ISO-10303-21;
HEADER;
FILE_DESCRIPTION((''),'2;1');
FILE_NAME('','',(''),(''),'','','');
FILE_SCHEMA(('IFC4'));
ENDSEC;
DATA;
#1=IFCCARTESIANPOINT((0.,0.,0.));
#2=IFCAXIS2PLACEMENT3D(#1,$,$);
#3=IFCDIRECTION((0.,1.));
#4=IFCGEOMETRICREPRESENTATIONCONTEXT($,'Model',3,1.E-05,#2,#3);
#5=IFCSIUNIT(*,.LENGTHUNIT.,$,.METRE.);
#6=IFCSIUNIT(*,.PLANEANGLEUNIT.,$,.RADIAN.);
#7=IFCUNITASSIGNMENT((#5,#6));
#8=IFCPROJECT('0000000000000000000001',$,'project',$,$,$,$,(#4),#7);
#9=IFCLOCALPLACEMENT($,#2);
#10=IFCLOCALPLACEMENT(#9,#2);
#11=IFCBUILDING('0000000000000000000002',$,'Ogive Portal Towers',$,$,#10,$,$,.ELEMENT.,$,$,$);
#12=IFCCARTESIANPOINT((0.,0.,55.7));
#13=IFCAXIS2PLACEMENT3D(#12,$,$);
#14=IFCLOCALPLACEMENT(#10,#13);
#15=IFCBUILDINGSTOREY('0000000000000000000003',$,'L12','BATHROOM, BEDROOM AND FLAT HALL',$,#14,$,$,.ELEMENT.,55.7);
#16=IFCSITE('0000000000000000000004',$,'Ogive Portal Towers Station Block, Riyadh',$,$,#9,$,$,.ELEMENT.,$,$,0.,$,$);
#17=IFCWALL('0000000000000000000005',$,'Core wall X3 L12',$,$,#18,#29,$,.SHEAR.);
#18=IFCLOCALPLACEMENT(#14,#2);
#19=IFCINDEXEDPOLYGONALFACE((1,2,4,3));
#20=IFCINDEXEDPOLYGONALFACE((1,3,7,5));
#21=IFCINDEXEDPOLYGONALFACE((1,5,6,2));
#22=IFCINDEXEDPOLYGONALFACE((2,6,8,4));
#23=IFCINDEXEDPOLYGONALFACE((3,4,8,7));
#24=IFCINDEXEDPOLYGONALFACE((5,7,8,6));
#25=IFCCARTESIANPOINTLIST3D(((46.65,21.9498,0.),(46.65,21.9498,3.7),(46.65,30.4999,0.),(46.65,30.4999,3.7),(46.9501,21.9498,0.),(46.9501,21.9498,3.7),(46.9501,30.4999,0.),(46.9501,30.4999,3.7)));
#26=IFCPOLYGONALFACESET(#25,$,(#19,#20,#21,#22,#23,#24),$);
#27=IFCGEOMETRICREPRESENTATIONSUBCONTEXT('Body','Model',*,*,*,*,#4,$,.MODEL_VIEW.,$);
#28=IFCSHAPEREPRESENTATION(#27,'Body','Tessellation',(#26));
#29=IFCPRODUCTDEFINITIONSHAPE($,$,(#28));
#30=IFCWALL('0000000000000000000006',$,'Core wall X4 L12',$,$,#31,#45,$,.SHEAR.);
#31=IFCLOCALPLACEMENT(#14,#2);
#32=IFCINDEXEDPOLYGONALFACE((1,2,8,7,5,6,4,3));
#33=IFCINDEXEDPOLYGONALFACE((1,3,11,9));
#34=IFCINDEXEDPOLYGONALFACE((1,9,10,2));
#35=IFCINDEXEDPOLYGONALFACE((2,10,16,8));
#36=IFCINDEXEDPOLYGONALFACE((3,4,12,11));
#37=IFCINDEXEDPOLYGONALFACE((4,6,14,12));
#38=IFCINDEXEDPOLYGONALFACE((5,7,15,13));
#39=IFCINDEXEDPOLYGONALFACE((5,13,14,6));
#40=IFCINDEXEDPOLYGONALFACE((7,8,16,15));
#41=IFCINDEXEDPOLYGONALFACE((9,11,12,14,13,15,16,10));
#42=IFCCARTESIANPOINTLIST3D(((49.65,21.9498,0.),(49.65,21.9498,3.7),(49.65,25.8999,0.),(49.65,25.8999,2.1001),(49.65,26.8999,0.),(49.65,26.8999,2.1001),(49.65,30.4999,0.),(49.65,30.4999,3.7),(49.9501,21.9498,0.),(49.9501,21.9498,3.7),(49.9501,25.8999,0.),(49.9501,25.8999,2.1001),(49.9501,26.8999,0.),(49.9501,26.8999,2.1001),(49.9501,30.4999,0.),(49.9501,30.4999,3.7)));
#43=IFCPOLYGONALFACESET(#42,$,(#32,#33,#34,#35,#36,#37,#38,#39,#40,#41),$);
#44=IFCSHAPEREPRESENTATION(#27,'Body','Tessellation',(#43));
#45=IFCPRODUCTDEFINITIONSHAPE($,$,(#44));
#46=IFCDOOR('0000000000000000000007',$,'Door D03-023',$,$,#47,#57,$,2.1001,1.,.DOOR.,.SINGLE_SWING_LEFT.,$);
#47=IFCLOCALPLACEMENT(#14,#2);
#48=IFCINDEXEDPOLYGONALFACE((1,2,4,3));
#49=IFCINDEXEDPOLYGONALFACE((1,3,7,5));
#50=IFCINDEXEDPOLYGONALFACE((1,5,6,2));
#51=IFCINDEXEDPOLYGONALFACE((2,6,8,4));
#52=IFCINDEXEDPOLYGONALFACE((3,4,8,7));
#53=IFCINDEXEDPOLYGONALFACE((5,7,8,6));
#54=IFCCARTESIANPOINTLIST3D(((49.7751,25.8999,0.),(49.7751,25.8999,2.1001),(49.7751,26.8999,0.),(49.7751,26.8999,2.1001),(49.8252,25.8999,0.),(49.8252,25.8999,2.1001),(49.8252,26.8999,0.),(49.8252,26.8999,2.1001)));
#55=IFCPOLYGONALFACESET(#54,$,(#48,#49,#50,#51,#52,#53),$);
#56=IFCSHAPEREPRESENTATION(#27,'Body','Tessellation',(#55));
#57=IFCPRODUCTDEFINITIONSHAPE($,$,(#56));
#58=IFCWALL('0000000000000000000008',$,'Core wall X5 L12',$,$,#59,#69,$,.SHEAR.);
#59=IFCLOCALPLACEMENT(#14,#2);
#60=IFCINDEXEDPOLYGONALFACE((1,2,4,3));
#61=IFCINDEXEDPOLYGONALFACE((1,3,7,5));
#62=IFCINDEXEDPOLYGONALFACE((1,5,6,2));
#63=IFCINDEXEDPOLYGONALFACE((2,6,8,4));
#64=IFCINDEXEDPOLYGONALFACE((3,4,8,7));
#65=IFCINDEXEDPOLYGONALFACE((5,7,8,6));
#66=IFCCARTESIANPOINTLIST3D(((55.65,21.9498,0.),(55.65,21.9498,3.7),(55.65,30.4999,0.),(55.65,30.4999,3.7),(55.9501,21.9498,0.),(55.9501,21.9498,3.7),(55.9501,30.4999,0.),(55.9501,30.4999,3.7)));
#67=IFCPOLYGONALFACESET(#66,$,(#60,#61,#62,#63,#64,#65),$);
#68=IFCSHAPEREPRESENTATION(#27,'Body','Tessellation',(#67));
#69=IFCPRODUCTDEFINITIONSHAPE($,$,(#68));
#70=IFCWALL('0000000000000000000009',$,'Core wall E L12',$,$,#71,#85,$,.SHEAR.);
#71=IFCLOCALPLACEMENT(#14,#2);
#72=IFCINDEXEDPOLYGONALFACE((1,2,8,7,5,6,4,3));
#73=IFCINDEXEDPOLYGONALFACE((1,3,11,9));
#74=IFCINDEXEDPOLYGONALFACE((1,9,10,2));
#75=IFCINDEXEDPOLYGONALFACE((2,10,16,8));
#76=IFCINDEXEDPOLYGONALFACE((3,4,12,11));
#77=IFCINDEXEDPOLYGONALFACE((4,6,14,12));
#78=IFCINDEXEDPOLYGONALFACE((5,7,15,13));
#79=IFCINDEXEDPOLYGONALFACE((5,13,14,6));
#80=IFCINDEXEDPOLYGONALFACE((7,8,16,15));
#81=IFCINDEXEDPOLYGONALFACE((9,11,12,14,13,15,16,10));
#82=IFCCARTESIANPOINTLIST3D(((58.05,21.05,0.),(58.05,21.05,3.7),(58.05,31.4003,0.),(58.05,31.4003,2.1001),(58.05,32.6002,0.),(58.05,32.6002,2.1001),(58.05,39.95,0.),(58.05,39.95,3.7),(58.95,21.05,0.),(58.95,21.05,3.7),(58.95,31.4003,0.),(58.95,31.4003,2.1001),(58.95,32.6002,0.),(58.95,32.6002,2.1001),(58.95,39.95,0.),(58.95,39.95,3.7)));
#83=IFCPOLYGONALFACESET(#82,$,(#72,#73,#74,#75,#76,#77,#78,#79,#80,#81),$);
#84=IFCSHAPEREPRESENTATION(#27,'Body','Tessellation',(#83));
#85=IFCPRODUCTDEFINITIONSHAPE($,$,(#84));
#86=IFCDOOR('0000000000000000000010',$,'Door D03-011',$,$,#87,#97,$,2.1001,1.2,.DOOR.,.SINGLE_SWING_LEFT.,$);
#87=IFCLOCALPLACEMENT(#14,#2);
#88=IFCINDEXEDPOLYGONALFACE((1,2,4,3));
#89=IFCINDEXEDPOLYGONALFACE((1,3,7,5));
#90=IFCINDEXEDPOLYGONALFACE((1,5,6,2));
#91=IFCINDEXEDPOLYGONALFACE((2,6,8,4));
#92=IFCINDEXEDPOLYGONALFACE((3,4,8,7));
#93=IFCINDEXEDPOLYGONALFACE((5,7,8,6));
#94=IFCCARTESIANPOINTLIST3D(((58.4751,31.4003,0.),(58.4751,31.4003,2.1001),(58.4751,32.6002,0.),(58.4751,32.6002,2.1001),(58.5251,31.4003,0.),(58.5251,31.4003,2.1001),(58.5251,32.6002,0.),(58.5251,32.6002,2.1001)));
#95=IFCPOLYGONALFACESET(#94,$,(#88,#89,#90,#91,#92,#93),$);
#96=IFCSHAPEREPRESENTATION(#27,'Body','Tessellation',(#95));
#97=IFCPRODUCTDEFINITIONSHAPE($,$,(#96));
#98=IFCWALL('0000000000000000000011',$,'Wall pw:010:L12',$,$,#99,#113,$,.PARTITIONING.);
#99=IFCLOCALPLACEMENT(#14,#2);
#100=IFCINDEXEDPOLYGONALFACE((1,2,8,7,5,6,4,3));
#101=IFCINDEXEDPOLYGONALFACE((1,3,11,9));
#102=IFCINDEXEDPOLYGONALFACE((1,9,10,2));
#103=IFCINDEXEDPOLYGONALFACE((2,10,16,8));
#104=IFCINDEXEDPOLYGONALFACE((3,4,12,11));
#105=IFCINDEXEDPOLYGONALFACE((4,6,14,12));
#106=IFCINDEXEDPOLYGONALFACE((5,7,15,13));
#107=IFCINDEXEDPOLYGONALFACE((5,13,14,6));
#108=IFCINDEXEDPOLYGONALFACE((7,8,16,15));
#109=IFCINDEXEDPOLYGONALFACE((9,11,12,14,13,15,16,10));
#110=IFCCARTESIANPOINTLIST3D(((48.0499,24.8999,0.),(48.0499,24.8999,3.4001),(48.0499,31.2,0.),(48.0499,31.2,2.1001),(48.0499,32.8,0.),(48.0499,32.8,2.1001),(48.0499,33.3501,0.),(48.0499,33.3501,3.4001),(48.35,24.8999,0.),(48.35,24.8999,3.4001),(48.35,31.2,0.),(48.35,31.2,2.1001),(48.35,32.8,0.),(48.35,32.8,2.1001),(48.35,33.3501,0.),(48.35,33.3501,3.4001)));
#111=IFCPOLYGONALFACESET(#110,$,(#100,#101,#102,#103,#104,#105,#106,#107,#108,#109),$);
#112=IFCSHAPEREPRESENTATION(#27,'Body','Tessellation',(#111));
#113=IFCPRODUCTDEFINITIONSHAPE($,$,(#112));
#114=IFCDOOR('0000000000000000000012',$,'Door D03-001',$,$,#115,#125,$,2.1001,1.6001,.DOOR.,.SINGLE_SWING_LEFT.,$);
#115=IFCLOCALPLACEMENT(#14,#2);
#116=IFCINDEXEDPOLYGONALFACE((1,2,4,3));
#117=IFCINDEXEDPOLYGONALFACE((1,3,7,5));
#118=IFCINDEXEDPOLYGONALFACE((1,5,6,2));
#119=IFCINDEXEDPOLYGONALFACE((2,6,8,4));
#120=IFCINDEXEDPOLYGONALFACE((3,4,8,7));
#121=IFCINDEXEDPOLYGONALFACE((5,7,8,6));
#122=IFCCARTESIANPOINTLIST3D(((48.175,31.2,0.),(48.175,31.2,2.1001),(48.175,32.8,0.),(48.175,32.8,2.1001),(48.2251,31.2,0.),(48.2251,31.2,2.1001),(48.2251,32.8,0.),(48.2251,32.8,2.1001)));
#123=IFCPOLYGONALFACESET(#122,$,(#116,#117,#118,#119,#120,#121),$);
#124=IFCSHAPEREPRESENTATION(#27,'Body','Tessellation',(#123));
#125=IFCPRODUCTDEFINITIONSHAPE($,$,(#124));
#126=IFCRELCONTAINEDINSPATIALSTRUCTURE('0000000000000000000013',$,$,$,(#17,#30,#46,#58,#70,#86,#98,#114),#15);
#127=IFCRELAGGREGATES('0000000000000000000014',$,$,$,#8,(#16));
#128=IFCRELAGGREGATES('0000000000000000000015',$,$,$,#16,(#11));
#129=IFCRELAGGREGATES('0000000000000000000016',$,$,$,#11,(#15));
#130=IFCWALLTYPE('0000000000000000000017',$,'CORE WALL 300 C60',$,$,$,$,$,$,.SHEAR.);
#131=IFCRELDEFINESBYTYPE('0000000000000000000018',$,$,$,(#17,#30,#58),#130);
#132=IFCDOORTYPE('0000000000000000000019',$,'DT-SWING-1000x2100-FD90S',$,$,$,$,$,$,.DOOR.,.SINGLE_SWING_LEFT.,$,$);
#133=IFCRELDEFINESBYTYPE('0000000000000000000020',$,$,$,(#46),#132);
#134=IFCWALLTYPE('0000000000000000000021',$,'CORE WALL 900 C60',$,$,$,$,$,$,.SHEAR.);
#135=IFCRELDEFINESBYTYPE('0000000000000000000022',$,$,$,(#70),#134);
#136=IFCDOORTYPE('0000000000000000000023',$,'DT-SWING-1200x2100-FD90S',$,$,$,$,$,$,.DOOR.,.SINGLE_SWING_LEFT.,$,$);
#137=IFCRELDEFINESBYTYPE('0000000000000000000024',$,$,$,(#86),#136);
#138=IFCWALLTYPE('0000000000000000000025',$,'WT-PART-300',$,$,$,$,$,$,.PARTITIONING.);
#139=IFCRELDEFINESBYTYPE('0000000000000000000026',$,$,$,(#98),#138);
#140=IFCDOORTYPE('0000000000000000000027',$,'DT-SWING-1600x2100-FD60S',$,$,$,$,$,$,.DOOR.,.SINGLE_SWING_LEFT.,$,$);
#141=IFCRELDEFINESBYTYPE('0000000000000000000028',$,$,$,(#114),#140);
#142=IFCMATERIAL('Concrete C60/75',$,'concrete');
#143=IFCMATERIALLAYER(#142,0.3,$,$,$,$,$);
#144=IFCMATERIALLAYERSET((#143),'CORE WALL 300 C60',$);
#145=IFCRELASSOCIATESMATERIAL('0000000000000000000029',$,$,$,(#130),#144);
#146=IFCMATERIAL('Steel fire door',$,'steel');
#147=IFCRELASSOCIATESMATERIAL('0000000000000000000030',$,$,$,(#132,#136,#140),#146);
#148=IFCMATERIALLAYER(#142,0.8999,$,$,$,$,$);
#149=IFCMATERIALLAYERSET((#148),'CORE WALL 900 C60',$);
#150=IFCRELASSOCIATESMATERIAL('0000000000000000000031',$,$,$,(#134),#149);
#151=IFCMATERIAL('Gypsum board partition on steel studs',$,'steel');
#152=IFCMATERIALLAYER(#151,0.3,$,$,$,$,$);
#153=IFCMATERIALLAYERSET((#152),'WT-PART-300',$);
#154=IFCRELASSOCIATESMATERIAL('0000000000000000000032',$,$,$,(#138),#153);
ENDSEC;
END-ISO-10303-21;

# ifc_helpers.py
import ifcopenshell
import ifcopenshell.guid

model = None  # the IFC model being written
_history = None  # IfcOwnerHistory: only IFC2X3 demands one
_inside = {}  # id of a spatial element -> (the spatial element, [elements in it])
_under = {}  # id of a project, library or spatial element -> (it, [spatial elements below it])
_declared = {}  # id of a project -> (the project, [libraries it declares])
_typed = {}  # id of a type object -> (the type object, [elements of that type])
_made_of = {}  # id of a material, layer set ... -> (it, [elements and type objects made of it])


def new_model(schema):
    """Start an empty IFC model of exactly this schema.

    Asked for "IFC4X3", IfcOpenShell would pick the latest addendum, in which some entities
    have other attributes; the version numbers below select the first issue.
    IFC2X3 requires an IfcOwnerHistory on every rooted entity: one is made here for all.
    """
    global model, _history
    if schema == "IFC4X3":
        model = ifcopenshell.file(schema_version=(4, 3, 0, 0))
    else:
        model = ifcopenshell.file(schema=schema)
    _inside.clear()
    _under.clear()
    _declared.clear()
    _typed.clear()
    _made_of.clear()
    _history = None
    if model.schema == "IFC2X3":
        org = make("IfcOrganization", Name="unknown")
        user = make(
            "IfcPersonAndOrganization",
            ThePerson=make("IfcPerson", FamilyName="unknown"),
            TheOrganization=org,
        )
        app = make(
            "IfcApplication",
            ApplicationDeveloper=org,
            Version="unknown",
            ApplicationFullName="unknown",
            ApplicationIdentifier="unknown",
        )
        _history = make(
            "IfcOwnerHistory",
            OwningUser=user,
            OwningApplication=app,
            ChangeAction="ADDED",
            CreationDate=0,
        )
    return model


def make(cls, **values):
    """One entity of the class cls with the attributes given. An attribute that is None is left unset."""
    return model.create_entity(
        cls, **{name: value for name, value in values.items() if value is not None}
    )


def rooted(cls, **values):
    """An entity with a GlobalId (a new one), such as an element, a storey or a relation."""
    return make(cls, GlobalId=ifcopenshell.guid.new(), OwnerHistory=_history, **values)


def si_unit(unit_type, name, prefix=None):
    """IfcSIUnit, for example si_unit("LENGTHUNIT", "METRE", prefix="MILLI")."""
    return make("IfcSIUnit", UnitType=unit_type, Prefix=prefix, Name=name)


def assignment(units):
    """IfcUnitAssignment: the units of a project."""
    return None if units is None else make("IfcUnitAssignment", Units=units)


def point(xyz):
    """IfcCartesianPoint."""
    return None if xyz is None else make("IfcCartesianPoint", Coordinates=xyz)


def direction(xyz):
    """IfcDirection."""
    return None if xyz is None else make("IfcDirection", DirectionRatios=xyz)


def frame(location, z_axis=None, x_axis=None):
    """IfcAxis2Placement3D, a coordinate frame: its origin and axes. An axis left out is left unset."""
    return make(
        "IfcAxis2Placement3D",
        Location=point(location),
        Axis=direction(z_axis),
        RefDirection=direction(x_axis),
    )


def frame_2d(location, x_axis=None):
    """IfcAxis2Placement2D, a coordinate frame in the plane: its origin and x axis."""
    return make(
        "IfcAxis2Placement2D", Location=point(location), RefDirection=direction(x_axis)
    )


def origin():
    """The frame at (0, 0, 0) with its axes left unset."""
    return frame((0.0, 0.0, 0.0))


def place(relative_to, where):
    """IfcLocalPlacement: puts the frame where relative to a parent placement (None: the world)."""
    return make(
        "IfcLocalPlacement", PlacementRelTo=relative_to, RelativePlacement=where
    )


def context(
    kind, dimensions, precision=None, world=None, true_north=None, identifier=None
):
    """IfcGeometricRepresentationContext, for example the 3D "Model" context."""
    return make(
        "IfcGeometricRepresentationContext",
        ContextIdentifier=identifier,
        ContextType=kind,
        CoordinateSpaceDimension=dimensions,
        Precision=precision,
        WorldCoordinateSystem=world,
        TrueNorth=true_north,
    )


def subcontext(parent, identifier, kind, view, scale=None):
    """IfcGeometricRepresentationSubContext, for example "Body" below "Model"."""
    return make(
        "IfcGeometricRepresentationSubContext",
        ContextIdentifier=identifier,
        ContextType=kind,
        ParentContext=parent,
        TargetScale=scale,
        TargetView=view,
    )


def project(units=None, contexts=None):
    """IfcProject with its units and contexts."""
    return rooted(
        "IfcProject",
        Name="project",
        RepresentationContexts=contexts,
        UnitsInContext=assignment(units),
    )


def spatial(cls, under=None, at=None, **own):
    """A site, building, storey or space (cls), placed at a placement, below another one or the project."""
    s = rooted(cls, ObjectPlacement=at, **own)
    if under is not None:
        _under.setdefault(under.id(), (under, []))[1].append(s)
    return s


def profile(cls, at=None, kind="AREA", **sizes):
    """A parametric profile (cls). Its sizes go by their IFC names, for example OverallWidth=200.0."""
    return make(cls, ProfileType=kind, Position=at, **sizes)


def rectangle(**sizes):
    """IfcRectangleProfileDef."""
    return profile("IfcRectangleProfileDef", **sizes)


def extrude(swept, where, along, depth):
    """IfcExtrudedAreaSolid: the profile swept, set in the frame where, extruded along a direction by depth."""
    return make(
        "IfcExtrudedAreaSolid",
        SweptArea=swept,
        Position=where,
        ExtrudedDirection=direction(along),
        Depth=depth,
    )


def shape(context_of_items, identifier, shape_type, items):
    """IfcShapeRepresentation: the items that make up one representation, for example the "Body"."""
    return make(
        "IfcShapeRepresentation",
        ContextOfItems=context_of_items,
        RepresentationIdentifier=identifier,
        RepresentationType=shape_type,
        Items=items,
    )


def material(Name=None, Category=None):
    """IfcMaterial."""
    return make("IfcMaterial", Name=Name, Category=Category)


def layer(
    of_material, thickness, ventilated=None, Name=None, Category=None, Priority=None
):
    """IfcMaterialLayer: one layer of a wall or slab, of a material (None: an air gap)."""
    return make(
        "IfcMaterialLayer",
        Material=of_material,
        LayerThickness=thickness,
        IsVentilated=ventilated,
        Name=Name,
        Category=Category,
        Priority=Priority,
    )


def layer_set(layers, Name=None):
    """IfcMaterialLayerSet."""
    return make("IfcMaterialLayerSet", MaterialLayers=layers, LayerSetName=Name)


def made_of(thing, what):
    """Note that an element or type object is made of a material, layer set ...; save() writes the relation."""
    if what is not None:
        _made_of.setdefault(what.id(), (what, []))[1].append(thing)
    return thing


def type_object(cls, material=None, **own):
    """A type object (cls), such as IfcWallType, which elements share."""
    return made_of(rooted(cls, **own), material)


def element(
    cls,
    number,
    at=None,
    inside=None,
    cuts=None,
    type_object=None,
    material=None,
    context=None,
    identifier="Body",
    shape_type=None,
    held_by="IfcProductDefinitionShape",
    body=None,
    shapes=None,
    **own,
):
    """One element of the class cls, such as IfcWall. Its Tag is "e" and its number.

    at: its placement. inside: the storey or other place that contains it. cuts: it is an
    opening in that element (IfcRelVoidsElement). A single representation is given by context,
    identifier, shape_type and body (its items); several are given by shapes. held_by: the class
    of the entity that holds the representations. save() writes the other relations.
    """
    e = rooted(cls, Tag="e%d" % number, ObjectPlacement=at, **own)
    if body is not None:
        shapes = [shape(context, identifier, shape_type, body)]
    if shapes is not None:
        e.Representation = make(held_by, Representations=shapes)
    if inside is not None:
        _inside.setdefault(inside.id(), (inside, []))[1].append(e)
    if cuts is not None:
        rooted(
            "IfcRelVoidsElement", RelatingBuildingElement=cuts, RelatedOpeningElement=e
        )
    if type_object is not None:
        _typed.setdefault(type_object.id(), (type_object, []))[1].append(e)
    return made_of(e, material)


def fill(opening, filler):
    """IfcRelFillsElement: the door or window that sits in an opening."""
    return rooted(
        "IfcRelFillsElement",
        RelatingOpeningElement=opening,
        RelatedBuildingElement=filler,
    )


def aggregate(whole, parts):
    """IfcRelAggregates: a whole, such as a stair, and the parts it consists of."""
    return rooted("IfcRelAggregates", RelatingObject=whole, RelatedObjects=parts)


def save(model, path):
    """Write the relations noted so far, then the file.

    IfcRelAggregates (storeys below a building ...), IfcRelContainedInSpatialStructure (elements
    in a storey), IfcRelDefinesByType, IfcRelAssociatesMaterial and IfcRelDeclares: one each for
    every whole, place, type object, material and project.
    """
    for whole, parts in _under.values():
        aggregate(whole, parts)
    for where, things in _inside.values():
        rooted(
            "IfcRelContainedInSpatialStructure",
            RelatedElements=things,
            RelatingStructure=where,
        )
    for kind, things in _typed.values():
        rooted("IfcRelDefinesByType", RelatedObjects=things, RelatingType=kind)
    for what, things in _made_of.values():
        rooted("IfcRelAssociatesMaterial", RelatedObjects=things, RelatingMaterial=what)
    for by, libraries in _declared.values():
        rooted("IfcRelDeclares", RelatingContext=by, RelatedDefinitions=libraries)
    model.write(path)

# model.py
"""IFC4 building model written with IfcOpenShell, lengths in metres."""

from ifc_helpers import new_model, si_unit, direction, frame, frame_2d, origin, place, context, subcontext, project, spatial, rectangle, extrude, material, layer, layer_set, type_object, element, fill, save


model = new_model("IFC4")

# Units and contexts
model_context = context("Model", 3, precision=1e-05, world=origin(), true_north=direction((0.0, 1.0)))
body_context = subcontext(model_context, "Body", "Model", "MODEL_VIEW")
ifc_project = project(units=[si_unit("LENGTHUNIT", "METRE"), si_unit("PLANEANGLEUNIT", "RADIAN")], contexts=[model_context])

# Site, building, storey
site_placement = place(None, origin())
site = spatial("IfcSite", under=ifc_project, at=site_placement, Name="Ogive Portal Towers Station Block, Riyadh", CompositionType="ELEMENT", RefElevation=0.0)
building_placement = place(site_placement, origin())
building = spatial("IfcBuilding", under=site, at=building_placement, Name="Ogive Portal Towers", CompositionType="ELEMENT")
storey_placement = place(building_placement, frame((0.0, 0.0, 55.7)))
storey = spatial("IfcBuildingStorey", under=building, at=storey_placement, Name="L12", Description="BATHROOM, BEDROOM AND FLAT HALL", CompositionType="ELEMENT", Elevation=55.7)

# Wall
ifc_material_1 = material(Name="Concrete C60/75", Category="concrete")
ifc_layer_1 = layer(ifc_material_1, 0.3)
ifc_layer_set_1 = layer_set([ifc_layer_1], Name="CORE WALL 300 C60")
wall_type_1 = type_object("IfcWallType", Name="CORE WALL 300 C60", PredefinedType="SHEAR", material=ifc_layer_set_1)
wall_1_placement = place(storey_placement, frame((46.8, 21.95, 0.0), z_axis=(0.0, 0.0, 1.0), x_axis=(0.0, 1.0, 0.0)))
element("IfcWall", 1, at=wall_1_placement, inside=storey, type_object=wall_type_1, Name="Core wall X3 L12", PredefinedType="SHEAR", context=body_context, shape_type="SweptSolid", body=[
    extrude(rectangle(XDim=8.55, YDim=0.3, at=frame_2d((4.2749, 0.0))), origin(), (0.0, 0.0, 1.0), 3.7),
])

# Wall, opening, door
wall_2_placement = place(storey_placement, frame((49.8, 21.95, 0.0), z_axis=(0.0, 0.0, 1.0), x_axis=(0.0, 1.0, 0.0)))
wall_2 = element("IfcWall", 2, at=wall_2_placement, inside=storey, type_object=wall_type_1, Name="Core wall X4 L12", PredefinedType="SHEAR", context=body_context, shape_type="SweptSolid", body=[
    extrude(rectangle(XDim=8.55, YDim=0.3, at=frame_2d((4.2749, 0.0))), origin(), (0.0, 0.0, 1.0), 3.7),
])
opening_1_placement = place(wall_2_placement, frame((3.95, 0.0, 0.0)))
opening_1 = element("IfcOpeningElement", 3, at=opening_1_placement, cuts=wall_2, PredefinedType="OPENING", context=body_context, shape_type="SweptSolid", body=[
    extrude(rectangle(XDim=1.0, YDim=2.1001, at=frame_2d((0.5, 1.05))), frame((0.0, 0.1602, 0.0), z_axis=(0.0, -1.0, 0.0), x_axis=(1.0, 0.0, 0.0)), (0.0, 0.0, 1.0), 0.3201),
])
ifc_material_2 = material(Name="Steel fire door", Category="steel")
door_type_1 = type_object("IfcDoorType", Name="DT-SWING-1000x2100-FD90S", OperationType="SINGLE_SWING_LEFT", PredefinedType="DOOR", material=ifc_material_2)
door_1_placement = place(opening_1_placement, origin())
door_1 = element("IfcDoor", 4, at=door_1_placement, inside=storey, type_object=door_type_1, Name="Door D03-023", OperationType="SINGLE_SWING_LEFT", OverallHeight=2.1001, OverallWidth=1.0, PredefinedType="DOOR", context=body_context, shape_type="SweptSolid", body=[
    extrude(rectangle(XDim=1.0, YDim=2.1001, at=frame_2d((0.5, 1.05))), frame((0.0, 0.0249, 0.0), z_axis=(0.0, -1.0, 0.0), x_axis=(1.0, 0.0, 0.0)), (0.0, 0.0, 1.0), 0.05),
])
fill(opening_1, door_1)

# Wall
wall_3_placement = place(storey_placement, frame((55.8, 21.95, 0.0), z_axis=(0.0, 0.0, 1.0), x_axis=(0.0, 1.0, 0.0)))
element("IfcWall", 5, at=wall_3_placement, inside=storey, type_object=wall_type_1, Name="Core wall X5 L12", PredefinedType="SHEAR", context=body_context, shape_type="SweptSolid", body=[
    extrude(rectangle(XDim=8.55, YDim=0.3, at=frame_2d((4.2749, 0.0))), origin(), (0.0, 0.0, 1.0), 3.7),
])

# Walls, openings, doors
ifc_layer_2 = layer(ifc_material_1, 0.8999)
ifc_layer_set_2 = layer_set([ifc_layer_2], Name="CORE WALL 900 C60")
wall_type_2 = type_object("IfcWallType", Name="CORE WALL 900 C60", PredefinedType="SHEAR", material=ifc_layer_set_2)
wall_4_placement = place(storey_placement, frame((58.5, 21.05, 0.0), z_axis=(0.0, 0.0, 1.0), x_axis=(0.0, 1.0, 0.0)))
wall_4 = element("IfcWall", 6, at=wall_4_placement, inside=storey, type_object=wall_type_2, Name="Core wall E L12", PredefinedType="SHEAR", context=body_context, shape_type="SweptSolid", body=[
    extrude(rectangle(XDim=18.8999, YDim=0.8999, at=frame_2d((9.45, 0.0))), origin(), (0.0, 0.0, 1.0), 3.7),
])
opening_2_placement = place(wall_4_placement, frame((10.3501, 0.0, 0.0)))
opening_2 = element("IfcOpeningElement", 7, at=opening_2_placement, cuts=wall_4, PredefinedType="OPENING", context=body_context, shape_type="SweptSolid", body=[
    extrude(rectangle(XDim=1.2, YDim=2.1001, at=frame_2d((0.6001, 1.05))), frame((0.0, 0.46, 0.0), z_axis=(0.0, -1.0, 0.0), x_axis=(1.0, 0.0, 0.0)), (0.0, 0.0, 1.0), 0.9199),
])
door_type_2 = type_object("IfcDoorType", Name="DT-SWING-1200x2100-FD90S", OperationType="SINGLE_SWING_LEFT", PredefinedType="DOOR", material=ifc_material_2)
door_2_placement = place(opening_2_placement, origin())
door_2 = element("IfcDoor", 8, at=door_2_placement, inside=storey, type_object=door_type_2, Name="Door D03-011", OperationType="SINGLE_SWING_LEFT", OverallHeight=2.1001, OverallWidth=1.2, PredefinedType="DOOR", context=body_context, shape_type="SweptSolid", body=[
    extrude(rectangle(XDim=1.2, YDim=2.1001, at=frame_2d((0.6001, 1.05))), frame((0.0, 0.0249, 0.0), z_axis=(0.0, -1.0, 0.0), x_axis=(1.0, 0.0, 0.0)), (0.0, 0.0, 1.0), 0.05),
])
fill(opening_2, door_2)
ifc_material_3 = material(Name="Gypsum board partition on steel studs", Category="steel")
ifc_layer_3 = layer(ifc_material_3, 0.3)
ifc_layer_set_3 = layer_set([ifc_layer_3], Name="WT-PART-300")
wall_type_3 = type_object("IfcWallType", Name="WT-PART-300", PredefinedType="PARTITIONING", material=ifc_layer_set_3)
wall_5_placement = place(storey_placement, frame((48.2, 24.8999, 0.0), z_axis=(0.0, 0.0, 1.0), x_axis=(0.0, 1.0, 0.0)))
wall_5 = element("IfcWall", 9, at=wall_5_placement, inside=storey, type_object=wall_type_3, Name="Wall pw:010:L12", PredefinedType="PARTITIONING", context=body_context, shape_type="SweptSolid", body=[
    extrude(rectangle(XDim=8.4502, YDim=0.3, at=frame_2d((4.2251, 0.0))), origin(), (0.0, 0.0, 1.0), 3.4001),
])
opening_3_placement = place(wall_5_placement, frame((6.3, 0.0, 0.0)))
opening_3 = element("IfcOpeningElement", 10, at=opening_3_placement, cuts=wall_5, PredefinedType="OPENING", context=body_context, shape_type="SweptSolid", body=[
    extrude(rectangle(XDim=1.6001, YDim=2.1001, at=frame_2d((0.8, 1.05))), frame((0.0, 0.1602, 0.0), z_axis=(0.0, -1.0, 0.0), x_axis=(1.0, 0.0, 0.0)), (0.0, 0.0, 1.0), 0.3201),
])
door_type_3 = type_object("IfcDoorType", Name="DT-SWING-1600x2100-FD60S", OperationType="SINGLE_SWING_LEFT", PredefinedType="DOOR", material=ifc_material_2)
door_3_placement = place(opening_3_placement, origin())
door_3 = element("IfcDoor", 11, at=door_3_placement, inside=storey, type_object=door_type_3, Name="Door D03-001", OperationType="SINGLE_SWING_LEFT", OverallHeight=2.1001, OverallWidth=1.6001, PredefinedType="DOOR", context=body_context, shape_type="SweptSolid", body=[
    extrude(rectangle(XDim=1.6001, YDim=2.1001, at=frame_2d((0.8, 1.05))), frame((0.0, 0.0249, 0.0), z_axis=(0.0, -1.0, 0.0), x_axis=(1.0, 0.0, 0.0)), (0.0, 0.0, 1.0), 0.05),
])
fill(opening_3, door_3)

save(model, "model.ifc")
